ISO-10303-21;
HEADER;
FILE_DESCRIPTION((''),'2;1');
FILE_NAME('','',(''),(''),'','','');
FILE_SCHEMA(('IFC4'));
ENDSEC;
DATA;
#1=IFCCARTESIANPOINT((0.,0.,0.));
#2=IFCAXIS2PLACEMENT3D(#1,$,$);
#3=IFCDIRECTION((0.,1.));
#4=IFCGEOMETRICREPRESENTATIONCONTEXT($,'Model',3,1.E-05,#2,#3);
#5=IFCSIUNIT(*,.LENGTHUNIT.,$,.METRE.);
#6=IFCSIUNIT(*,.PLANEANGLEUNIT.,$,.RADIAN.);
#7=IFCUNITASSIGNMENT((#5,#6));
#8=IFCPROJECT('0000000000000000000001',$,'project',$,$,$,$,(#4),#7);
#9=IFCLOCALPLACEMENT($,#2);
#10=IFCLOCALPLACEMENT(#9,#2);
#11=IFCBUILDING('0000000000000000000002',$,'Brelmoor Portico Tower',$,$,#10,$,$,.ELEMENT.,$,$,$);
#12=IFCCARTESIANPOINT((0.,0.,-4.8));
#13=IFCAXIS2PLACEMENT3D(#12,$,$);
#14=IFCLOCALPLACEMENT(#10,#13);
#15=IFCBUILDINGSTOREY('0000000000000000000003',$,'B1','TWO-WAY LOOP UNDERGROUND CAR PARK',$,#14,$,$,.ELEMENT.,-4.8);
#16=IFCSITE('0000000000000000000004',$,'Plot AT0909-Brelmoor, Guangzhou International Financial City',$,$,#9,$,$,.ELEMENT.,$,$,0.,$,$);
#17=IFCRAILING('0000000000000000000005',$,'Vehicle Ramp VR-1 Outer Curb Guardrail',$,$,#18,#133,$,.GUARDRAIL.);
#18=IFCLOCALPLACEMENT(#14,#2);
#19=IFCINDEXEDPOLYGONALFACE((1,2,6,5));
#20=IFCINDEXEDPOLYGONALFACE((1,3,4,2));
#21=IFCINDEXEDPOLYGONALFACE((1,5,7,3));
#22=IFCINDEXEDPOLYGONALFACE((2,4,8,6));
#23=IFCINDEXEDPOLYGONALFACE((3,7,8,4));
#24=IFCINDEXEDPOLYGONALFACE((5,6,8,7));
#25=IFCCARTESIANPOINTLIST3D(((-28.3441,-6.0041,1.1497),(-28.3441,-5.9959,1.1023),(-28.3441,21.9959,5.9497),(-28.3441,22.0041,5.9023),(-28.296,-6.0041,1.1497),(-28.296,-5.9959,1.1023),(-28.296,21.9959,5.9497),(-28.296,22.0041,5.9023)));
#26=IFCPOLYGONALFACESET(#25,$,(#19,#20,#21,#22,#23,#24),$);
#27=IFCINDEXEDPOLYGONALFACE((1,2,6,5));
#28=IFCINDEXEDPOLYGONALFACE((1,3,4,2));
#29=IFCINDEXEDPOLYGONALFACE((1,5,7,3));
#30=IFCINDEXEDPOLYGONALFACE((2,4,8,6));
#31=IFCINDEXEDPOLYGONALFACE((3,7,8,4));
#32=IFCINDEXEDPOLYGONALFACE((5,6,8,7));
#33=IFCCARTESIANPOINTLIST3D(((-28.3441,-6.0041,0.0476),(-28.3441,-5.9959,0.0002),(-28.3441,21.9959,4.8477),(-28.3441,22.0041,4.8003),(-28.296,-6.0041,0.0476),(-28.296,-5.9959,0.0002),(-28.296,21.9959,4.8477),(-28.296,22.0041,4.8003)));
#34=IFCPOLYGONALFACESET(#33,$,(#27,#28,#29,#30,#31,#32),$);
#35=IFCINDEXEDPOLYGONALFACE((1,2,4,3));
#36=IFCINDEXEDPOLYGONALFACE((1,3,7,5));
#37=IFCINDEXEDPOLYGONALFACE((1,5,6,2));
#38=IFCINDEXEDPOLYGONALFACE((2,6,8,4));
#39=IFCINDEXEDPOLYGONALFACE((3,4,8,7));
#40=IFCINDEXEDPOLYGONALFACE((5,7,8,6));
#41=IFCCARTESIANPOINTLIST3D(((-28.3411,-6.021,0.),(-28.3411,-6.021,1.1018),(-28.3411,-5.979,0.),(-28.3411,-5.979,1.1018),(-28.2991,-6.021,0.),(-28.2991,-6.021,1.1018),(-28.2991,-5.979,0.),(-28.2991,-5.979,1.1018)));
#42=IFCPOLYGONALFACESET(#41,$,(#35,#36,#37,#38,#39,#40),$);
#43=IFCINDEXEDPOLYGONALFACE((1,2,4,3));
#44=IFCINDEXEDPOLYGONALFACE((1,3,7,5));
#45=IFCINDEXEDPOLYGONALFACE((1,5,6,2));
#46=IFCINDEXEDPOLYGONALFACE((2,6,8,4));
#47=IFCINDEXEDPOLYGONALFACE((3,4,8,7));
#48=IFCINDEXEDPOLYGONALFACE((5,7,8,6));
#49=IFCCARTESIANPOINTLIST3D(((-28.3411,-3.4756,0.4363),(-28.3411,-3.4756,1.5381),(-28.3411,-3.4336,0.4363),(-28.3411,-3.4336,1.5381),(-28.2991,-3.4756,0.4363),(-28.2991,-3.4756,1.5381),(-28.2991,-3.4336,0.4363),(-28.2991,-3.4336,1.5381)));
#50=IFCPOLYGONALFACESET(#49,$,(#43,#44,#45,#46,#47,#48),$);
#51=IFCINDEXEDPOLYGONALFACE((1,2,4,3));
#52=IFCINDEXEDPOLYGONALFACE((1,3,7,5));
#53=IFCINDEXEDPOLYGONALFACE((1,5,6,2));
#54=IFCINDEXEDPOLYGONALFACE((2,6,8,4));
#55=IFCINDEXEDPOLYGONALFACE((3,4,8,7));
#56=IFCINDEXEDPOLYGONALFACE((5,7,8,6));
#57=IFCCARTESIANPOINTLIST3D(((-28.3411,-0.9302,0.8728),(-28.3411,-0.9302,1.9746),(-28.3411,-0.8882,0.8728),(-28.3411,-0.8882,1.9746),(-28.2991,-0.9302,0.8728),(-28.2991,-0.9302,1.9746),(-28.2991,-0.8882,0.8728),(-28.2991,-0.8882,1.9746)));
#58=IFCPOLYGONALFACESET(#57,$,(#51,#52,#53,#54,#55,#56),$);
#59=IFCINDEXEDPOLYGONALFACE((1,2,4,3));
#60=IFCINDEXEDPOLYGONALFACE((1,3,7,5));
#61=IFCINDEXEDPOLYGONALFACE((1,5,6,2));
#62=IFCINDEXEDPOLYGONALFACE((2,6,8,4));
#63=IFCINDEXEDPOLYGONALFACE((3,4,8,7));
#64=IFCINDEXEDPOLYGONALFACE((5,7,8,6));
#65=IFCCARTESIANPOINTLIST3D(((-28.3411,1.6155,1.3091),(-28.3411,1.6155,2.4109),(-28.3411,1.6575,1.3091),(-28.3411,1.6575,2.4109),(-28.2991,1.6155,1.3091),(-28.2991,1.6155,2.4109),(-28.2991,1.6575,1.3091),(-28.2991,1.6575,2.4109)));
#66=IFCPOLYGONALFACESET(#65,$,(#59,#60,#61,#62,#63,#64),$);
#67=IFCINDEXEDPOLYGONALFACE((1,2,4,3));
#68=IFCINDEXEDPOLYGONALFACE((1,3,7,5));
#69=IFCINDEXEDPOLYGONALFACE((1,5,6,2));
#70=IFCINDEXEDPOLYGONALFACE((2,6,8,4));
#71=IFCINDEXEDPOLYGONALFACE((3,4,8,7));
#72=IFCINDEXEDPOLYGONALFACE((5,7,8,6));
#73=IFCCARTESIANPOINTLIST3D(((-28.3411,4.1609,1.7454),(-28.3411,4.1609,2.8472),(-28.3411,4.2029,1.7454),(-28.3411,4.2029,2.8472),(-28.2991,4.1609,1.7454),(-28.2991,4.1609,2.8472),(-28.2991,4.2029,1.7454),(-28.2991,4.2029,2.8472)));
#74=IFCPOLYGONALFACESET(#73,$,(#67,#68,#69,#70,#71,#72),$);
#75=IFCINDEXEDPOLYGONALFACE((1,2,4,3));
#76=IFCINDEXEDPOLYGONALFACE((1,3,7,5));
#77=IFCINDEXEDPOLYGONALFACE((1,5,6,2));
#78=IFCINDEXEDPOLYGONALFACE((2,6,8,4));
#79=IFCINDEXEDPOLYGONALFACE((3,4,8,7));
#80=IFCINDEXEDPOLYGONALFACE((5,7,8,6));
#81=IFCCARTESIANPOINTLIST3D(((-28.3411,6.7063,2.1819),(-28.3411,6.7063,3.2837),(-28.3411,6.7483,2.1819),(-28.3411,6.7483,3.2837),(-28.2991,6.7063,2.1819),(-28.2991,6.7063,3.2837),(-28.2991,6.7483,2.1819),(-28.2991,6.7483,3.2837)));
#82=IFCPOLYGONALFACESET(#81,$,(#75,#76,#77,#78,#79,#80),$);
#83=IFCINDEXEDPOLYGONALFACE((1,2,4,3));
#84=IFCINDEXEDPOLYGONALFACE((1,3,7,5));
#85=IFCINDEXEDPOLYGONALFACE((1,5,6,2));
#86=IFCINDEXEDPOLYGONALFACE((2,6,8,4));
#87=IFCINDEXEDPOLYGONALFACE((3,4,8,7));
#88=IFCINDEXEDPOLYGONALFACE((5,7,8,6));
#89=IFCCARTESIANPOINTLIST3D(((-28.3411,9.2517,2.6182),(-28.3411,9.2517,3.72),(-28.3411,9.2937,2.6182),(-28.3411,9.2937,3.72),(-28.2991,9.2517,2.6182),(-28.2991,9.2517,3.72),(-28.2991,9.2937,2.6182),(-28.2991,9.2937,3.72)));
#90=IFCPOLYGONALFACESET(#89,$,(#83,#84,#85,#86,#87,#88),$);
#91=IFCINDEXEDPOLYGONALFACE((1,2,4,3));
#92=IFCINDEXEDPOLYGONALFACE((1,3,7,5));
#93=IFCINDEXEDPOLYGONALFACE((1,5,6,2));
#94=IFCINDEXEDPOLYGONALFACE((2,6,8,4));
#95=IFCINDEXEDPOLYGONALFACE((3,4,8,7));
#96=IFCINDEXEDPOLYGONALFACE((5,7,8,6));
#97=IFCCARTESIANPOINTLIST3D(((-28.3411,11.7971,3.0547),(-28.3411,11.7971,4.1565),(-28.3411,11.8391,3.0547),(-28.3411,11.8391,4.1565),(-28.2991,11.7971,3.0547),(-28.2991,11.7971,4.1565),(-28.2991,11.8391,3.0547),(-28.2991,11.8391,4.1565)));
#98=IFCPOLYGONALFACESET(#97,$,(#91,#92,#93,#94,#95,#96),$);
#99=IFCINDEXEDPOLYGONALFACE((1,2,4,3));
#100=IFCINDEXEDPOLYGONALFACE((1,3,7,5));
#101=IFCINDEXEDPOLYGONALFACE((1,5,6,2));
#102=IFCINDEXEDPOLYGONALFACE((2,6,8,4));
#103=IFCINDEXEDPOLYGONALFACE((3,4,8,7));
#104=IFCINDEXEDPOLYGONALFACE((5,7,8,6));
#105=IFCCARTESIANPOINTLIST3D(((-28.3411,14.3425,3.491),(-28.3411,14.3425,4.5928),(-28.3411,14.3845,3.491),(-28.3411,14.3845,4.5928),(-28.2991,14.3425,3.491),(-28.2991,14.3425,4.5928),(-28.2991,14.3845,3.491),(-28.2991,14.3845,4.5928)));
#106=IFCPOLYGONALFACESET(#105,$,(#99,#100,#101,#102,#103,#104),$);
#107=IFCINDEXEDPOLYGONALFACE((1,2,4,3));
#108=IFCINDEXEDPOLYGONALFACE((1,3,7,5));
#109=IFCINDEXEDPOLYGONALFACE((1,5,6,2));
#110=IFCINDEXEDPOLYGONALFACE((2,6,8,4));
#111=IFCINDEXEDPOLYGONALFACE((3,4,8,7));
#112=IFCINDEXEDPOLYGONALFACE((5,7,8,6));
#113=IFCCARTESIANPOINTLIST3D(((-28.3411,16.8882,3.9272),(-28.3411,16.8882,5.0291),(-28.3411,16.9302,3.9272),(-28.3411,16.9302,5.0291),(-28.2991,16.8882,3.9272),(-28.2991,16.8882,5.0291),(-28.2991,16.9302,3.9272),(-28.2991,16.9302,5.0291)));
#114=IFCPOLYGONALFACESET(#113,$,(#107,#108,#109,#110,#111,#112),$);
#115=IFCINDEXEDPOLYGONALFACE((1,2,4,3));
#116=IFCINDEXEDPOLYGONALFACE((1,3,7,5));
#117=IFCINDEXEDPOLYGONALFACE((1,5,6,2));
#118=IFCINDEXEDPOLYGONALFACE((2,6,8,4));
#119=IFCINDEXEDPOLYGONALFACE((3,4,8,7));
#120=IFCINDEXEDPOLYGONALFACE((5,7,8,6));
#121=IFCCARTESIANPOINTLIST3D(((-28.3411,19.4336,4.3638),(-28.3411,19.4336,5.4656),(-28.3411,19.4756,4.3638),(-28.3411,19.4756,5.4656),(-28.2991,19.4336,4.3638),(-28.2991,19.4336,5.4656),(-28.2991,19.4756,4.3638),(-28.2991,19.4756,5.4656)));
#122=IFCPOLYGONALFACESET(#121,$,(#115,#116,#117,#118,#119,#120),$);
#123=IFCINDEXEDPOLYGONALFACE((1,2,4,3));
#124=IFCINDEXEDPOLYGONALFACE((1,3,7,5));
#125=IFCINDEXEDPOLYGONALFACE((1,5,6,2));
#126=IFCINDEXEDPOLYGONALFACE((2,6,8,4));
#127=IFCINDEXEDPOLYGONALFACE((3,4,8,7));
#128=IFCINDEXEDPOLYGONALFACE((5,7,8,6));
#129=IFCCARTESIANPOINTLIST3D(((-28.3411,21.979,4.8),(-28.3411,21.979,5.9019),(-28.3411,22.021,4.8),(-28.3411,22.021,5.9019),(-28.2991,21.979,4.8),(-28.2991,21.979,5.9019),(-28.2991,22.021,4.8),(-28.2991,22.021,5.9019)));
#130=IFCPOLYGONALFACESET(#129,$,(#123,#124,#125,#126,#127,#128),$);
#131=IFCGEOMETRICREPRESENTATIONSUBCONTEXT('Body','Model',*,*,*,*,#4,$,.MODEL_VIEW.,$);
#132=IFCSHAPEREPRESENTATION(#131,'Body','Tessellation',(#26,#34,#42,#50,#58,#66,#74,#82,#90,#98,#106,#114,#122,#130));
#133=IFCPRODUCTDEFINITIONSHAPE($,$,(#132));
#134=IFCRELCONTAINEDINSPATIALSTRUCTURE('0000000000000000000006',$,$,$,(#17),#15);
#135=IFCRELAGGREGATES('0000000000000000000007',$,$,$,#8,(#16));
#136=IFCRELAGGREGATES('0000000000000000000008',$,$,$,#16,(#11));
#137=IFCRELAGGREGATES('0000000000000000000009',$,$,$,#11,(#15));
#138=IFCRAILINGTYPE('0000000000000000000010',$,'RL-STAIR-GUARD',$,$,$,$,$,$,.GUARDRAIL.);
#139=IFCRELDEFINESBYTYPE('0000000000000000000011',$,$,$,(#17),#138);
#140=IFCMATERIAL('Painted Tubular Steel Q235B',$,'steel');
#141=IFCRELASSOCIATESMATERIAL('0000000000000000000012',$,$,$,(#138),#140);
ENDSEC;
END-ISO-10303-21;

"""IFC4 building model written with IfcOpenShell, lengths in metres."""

from ifc_helpers import new_model, si_unit, direction, frame, origin, origin_2d, place, context, subcontext, project, spatial, rectangle, extrude, material, type_object, element, save


model = new_model("IFC4")

# Units and contexts
model_context = context("Model", 3, precision=1e-05, world=origin(), true_north=direction((0.0, 1.0)))
body_context = subcontext(model_context, "Body", "Model", "MODEL_VIEW")
ifc_project = project(units=[si_unit("LENGTHUNIT", "METRE"), si_unit("PLANEANGLEUNIT", "RADIAN")], contexts=[model_context])

# Site, building, storey
site_placement = place(None, origin())
site = spatial("IfcSite", under=ifc_project, at=site_placement, Name="Plot AT0909-Brelmoor, Guangzhou International Financial City", CompositionType="ELEMENT", RefElevation=0.0)
building_placement = place(site_placement, origin())
building = spatial("IfcBuilding", under=site, at=building_placement, Name="Brelmoor Portico Tower", CompositionType="ELEMENT")
storey_placement = place(building_placement, frame((0.0, 0.0, -4.8)))
storey = spatial("IfcBuildingStorey", under=building, at=storey_placement, Name="B1", Description="TWO-WAY LOOP UNDERGROUND CAR PARK", CompositionType="ELEMENT", Elevation=-4.8)

# Railing
ifc_material_1 = material(Name="Painted Tubular Steel Q235B", Category="steel")
railing_type = type_object("IfcRailingType", Name="RL-STAIR-GUARD", PredefinedType="GUARDRAIL", material=ifc_material_1)
railing_placement = place(storey_placement, frame((-28.3201, -6.0, 0.0)))
element("IfcRailing", 1, at=railing_placement, inside=storey, type_object=railing_type, Name="Vehicle Ramp VR-1 Outer Curb Guardrail", PredefinedType="GUARDRAIL", context=body_context, shape_type="SweptSolid", body=[
    extrude(rectangle(XDim=0.0481, YDim=0.0481, at=origin_2d()), frame((0.0, 0.0, 1.126), z_axis=(0.0, 0.985622, 0.168965), x_axis=(-1.0, 0.0, 0.0)), (0.0, 0.0, 1.0), 28.4084),
    extrude(rectangle(XDim=0.0481, YDim=0.0481, at=origin_2d()), frame((0.0, 0.0, 0.0239), z_axis=(0.0, 0.985622, 0.168965), x_axis=(-1.0, 0.0, 0.0)), (0.0, 0.0, 1.0), 28.4084),
    extrude(rectangle(XDim=0.042, YDim=0.042, at=origin_2d()), origin(), (0.0, 0.0, 1.0), 1.1018),
    extrude(rectangle(XDim=0.042, YDim=0.042, at=origin_2d()), frame((0.0, 2.5454, 0.4363)), (0.0, 0.0, 1.0), 1.1018),
    extrude(rectangle(XDim=0.042, YDim=0.042, at=origin_2d()), frame((0.0, 5.0908, 0.8728)), (0.0, 0.0, 1.0), 1.1018),
    extrude(rectangle(XDim=0.042, YDim=0.042, at=origin_2d()), frame((0.0, 7.6365, 1.3091)), (0.0, 0.0, 1.0), 1.1018),
    extrude(rectangle(XDim=0.042, YDim=0.042, at=origin_2d()), frame((0.0, 10.1819, 1.7454)), (0.0, 0.0, 1.0), 1.1018),
    extrude(rectangle(XDim=0.042, YDim=0.042, at=origin_2d()), frame((0.0, 12.7273, 2.1819)), (0.0, 0.0, 1.0), 1.1018),
    extrude(rectangle(XDim=0.042, YDim=0.042, at=origin_2d()), frame((0.0, 15.2727, 2.6182)), (0.0, 0.0, 1.0), 1.1018),
    extrude(rectangle(XDim=0.042, YDim=0.042, at=origin_2d()), frame((0.0, 17.8181, 3.0547)), (0.0, 0.0, 1.0), 1.1018),
    extrude(rectangle(XDim=0.042, YDim=0.042, at=origin_2d()), frame((0.0, 20.3635, 3.491)), (0.0, 0.0, 1.0), 1.1018),
    extrude(rectangle(XDim=0.042, YDim=0.042, at=origin_2d()), frame((0.0, 22.9092, 3.9272)), (0.0, 0.0, 1.0), 1.1018),
    extrude(rectangle(XDim=0.042, YDim=0.042, at=origin_2d()), frame((0.0, 25.4546, 4.3638)), (0.0, 0.0, 1.0), 1.1018),
    extrude(rectangle(XDim=0.042, YDim=0.042, at=origin_2d()), frame((0.0, 28.0, 4.8)), (0.0, 0.0, 1.0), 1.1018),
])

save(model, "model.ifc")
